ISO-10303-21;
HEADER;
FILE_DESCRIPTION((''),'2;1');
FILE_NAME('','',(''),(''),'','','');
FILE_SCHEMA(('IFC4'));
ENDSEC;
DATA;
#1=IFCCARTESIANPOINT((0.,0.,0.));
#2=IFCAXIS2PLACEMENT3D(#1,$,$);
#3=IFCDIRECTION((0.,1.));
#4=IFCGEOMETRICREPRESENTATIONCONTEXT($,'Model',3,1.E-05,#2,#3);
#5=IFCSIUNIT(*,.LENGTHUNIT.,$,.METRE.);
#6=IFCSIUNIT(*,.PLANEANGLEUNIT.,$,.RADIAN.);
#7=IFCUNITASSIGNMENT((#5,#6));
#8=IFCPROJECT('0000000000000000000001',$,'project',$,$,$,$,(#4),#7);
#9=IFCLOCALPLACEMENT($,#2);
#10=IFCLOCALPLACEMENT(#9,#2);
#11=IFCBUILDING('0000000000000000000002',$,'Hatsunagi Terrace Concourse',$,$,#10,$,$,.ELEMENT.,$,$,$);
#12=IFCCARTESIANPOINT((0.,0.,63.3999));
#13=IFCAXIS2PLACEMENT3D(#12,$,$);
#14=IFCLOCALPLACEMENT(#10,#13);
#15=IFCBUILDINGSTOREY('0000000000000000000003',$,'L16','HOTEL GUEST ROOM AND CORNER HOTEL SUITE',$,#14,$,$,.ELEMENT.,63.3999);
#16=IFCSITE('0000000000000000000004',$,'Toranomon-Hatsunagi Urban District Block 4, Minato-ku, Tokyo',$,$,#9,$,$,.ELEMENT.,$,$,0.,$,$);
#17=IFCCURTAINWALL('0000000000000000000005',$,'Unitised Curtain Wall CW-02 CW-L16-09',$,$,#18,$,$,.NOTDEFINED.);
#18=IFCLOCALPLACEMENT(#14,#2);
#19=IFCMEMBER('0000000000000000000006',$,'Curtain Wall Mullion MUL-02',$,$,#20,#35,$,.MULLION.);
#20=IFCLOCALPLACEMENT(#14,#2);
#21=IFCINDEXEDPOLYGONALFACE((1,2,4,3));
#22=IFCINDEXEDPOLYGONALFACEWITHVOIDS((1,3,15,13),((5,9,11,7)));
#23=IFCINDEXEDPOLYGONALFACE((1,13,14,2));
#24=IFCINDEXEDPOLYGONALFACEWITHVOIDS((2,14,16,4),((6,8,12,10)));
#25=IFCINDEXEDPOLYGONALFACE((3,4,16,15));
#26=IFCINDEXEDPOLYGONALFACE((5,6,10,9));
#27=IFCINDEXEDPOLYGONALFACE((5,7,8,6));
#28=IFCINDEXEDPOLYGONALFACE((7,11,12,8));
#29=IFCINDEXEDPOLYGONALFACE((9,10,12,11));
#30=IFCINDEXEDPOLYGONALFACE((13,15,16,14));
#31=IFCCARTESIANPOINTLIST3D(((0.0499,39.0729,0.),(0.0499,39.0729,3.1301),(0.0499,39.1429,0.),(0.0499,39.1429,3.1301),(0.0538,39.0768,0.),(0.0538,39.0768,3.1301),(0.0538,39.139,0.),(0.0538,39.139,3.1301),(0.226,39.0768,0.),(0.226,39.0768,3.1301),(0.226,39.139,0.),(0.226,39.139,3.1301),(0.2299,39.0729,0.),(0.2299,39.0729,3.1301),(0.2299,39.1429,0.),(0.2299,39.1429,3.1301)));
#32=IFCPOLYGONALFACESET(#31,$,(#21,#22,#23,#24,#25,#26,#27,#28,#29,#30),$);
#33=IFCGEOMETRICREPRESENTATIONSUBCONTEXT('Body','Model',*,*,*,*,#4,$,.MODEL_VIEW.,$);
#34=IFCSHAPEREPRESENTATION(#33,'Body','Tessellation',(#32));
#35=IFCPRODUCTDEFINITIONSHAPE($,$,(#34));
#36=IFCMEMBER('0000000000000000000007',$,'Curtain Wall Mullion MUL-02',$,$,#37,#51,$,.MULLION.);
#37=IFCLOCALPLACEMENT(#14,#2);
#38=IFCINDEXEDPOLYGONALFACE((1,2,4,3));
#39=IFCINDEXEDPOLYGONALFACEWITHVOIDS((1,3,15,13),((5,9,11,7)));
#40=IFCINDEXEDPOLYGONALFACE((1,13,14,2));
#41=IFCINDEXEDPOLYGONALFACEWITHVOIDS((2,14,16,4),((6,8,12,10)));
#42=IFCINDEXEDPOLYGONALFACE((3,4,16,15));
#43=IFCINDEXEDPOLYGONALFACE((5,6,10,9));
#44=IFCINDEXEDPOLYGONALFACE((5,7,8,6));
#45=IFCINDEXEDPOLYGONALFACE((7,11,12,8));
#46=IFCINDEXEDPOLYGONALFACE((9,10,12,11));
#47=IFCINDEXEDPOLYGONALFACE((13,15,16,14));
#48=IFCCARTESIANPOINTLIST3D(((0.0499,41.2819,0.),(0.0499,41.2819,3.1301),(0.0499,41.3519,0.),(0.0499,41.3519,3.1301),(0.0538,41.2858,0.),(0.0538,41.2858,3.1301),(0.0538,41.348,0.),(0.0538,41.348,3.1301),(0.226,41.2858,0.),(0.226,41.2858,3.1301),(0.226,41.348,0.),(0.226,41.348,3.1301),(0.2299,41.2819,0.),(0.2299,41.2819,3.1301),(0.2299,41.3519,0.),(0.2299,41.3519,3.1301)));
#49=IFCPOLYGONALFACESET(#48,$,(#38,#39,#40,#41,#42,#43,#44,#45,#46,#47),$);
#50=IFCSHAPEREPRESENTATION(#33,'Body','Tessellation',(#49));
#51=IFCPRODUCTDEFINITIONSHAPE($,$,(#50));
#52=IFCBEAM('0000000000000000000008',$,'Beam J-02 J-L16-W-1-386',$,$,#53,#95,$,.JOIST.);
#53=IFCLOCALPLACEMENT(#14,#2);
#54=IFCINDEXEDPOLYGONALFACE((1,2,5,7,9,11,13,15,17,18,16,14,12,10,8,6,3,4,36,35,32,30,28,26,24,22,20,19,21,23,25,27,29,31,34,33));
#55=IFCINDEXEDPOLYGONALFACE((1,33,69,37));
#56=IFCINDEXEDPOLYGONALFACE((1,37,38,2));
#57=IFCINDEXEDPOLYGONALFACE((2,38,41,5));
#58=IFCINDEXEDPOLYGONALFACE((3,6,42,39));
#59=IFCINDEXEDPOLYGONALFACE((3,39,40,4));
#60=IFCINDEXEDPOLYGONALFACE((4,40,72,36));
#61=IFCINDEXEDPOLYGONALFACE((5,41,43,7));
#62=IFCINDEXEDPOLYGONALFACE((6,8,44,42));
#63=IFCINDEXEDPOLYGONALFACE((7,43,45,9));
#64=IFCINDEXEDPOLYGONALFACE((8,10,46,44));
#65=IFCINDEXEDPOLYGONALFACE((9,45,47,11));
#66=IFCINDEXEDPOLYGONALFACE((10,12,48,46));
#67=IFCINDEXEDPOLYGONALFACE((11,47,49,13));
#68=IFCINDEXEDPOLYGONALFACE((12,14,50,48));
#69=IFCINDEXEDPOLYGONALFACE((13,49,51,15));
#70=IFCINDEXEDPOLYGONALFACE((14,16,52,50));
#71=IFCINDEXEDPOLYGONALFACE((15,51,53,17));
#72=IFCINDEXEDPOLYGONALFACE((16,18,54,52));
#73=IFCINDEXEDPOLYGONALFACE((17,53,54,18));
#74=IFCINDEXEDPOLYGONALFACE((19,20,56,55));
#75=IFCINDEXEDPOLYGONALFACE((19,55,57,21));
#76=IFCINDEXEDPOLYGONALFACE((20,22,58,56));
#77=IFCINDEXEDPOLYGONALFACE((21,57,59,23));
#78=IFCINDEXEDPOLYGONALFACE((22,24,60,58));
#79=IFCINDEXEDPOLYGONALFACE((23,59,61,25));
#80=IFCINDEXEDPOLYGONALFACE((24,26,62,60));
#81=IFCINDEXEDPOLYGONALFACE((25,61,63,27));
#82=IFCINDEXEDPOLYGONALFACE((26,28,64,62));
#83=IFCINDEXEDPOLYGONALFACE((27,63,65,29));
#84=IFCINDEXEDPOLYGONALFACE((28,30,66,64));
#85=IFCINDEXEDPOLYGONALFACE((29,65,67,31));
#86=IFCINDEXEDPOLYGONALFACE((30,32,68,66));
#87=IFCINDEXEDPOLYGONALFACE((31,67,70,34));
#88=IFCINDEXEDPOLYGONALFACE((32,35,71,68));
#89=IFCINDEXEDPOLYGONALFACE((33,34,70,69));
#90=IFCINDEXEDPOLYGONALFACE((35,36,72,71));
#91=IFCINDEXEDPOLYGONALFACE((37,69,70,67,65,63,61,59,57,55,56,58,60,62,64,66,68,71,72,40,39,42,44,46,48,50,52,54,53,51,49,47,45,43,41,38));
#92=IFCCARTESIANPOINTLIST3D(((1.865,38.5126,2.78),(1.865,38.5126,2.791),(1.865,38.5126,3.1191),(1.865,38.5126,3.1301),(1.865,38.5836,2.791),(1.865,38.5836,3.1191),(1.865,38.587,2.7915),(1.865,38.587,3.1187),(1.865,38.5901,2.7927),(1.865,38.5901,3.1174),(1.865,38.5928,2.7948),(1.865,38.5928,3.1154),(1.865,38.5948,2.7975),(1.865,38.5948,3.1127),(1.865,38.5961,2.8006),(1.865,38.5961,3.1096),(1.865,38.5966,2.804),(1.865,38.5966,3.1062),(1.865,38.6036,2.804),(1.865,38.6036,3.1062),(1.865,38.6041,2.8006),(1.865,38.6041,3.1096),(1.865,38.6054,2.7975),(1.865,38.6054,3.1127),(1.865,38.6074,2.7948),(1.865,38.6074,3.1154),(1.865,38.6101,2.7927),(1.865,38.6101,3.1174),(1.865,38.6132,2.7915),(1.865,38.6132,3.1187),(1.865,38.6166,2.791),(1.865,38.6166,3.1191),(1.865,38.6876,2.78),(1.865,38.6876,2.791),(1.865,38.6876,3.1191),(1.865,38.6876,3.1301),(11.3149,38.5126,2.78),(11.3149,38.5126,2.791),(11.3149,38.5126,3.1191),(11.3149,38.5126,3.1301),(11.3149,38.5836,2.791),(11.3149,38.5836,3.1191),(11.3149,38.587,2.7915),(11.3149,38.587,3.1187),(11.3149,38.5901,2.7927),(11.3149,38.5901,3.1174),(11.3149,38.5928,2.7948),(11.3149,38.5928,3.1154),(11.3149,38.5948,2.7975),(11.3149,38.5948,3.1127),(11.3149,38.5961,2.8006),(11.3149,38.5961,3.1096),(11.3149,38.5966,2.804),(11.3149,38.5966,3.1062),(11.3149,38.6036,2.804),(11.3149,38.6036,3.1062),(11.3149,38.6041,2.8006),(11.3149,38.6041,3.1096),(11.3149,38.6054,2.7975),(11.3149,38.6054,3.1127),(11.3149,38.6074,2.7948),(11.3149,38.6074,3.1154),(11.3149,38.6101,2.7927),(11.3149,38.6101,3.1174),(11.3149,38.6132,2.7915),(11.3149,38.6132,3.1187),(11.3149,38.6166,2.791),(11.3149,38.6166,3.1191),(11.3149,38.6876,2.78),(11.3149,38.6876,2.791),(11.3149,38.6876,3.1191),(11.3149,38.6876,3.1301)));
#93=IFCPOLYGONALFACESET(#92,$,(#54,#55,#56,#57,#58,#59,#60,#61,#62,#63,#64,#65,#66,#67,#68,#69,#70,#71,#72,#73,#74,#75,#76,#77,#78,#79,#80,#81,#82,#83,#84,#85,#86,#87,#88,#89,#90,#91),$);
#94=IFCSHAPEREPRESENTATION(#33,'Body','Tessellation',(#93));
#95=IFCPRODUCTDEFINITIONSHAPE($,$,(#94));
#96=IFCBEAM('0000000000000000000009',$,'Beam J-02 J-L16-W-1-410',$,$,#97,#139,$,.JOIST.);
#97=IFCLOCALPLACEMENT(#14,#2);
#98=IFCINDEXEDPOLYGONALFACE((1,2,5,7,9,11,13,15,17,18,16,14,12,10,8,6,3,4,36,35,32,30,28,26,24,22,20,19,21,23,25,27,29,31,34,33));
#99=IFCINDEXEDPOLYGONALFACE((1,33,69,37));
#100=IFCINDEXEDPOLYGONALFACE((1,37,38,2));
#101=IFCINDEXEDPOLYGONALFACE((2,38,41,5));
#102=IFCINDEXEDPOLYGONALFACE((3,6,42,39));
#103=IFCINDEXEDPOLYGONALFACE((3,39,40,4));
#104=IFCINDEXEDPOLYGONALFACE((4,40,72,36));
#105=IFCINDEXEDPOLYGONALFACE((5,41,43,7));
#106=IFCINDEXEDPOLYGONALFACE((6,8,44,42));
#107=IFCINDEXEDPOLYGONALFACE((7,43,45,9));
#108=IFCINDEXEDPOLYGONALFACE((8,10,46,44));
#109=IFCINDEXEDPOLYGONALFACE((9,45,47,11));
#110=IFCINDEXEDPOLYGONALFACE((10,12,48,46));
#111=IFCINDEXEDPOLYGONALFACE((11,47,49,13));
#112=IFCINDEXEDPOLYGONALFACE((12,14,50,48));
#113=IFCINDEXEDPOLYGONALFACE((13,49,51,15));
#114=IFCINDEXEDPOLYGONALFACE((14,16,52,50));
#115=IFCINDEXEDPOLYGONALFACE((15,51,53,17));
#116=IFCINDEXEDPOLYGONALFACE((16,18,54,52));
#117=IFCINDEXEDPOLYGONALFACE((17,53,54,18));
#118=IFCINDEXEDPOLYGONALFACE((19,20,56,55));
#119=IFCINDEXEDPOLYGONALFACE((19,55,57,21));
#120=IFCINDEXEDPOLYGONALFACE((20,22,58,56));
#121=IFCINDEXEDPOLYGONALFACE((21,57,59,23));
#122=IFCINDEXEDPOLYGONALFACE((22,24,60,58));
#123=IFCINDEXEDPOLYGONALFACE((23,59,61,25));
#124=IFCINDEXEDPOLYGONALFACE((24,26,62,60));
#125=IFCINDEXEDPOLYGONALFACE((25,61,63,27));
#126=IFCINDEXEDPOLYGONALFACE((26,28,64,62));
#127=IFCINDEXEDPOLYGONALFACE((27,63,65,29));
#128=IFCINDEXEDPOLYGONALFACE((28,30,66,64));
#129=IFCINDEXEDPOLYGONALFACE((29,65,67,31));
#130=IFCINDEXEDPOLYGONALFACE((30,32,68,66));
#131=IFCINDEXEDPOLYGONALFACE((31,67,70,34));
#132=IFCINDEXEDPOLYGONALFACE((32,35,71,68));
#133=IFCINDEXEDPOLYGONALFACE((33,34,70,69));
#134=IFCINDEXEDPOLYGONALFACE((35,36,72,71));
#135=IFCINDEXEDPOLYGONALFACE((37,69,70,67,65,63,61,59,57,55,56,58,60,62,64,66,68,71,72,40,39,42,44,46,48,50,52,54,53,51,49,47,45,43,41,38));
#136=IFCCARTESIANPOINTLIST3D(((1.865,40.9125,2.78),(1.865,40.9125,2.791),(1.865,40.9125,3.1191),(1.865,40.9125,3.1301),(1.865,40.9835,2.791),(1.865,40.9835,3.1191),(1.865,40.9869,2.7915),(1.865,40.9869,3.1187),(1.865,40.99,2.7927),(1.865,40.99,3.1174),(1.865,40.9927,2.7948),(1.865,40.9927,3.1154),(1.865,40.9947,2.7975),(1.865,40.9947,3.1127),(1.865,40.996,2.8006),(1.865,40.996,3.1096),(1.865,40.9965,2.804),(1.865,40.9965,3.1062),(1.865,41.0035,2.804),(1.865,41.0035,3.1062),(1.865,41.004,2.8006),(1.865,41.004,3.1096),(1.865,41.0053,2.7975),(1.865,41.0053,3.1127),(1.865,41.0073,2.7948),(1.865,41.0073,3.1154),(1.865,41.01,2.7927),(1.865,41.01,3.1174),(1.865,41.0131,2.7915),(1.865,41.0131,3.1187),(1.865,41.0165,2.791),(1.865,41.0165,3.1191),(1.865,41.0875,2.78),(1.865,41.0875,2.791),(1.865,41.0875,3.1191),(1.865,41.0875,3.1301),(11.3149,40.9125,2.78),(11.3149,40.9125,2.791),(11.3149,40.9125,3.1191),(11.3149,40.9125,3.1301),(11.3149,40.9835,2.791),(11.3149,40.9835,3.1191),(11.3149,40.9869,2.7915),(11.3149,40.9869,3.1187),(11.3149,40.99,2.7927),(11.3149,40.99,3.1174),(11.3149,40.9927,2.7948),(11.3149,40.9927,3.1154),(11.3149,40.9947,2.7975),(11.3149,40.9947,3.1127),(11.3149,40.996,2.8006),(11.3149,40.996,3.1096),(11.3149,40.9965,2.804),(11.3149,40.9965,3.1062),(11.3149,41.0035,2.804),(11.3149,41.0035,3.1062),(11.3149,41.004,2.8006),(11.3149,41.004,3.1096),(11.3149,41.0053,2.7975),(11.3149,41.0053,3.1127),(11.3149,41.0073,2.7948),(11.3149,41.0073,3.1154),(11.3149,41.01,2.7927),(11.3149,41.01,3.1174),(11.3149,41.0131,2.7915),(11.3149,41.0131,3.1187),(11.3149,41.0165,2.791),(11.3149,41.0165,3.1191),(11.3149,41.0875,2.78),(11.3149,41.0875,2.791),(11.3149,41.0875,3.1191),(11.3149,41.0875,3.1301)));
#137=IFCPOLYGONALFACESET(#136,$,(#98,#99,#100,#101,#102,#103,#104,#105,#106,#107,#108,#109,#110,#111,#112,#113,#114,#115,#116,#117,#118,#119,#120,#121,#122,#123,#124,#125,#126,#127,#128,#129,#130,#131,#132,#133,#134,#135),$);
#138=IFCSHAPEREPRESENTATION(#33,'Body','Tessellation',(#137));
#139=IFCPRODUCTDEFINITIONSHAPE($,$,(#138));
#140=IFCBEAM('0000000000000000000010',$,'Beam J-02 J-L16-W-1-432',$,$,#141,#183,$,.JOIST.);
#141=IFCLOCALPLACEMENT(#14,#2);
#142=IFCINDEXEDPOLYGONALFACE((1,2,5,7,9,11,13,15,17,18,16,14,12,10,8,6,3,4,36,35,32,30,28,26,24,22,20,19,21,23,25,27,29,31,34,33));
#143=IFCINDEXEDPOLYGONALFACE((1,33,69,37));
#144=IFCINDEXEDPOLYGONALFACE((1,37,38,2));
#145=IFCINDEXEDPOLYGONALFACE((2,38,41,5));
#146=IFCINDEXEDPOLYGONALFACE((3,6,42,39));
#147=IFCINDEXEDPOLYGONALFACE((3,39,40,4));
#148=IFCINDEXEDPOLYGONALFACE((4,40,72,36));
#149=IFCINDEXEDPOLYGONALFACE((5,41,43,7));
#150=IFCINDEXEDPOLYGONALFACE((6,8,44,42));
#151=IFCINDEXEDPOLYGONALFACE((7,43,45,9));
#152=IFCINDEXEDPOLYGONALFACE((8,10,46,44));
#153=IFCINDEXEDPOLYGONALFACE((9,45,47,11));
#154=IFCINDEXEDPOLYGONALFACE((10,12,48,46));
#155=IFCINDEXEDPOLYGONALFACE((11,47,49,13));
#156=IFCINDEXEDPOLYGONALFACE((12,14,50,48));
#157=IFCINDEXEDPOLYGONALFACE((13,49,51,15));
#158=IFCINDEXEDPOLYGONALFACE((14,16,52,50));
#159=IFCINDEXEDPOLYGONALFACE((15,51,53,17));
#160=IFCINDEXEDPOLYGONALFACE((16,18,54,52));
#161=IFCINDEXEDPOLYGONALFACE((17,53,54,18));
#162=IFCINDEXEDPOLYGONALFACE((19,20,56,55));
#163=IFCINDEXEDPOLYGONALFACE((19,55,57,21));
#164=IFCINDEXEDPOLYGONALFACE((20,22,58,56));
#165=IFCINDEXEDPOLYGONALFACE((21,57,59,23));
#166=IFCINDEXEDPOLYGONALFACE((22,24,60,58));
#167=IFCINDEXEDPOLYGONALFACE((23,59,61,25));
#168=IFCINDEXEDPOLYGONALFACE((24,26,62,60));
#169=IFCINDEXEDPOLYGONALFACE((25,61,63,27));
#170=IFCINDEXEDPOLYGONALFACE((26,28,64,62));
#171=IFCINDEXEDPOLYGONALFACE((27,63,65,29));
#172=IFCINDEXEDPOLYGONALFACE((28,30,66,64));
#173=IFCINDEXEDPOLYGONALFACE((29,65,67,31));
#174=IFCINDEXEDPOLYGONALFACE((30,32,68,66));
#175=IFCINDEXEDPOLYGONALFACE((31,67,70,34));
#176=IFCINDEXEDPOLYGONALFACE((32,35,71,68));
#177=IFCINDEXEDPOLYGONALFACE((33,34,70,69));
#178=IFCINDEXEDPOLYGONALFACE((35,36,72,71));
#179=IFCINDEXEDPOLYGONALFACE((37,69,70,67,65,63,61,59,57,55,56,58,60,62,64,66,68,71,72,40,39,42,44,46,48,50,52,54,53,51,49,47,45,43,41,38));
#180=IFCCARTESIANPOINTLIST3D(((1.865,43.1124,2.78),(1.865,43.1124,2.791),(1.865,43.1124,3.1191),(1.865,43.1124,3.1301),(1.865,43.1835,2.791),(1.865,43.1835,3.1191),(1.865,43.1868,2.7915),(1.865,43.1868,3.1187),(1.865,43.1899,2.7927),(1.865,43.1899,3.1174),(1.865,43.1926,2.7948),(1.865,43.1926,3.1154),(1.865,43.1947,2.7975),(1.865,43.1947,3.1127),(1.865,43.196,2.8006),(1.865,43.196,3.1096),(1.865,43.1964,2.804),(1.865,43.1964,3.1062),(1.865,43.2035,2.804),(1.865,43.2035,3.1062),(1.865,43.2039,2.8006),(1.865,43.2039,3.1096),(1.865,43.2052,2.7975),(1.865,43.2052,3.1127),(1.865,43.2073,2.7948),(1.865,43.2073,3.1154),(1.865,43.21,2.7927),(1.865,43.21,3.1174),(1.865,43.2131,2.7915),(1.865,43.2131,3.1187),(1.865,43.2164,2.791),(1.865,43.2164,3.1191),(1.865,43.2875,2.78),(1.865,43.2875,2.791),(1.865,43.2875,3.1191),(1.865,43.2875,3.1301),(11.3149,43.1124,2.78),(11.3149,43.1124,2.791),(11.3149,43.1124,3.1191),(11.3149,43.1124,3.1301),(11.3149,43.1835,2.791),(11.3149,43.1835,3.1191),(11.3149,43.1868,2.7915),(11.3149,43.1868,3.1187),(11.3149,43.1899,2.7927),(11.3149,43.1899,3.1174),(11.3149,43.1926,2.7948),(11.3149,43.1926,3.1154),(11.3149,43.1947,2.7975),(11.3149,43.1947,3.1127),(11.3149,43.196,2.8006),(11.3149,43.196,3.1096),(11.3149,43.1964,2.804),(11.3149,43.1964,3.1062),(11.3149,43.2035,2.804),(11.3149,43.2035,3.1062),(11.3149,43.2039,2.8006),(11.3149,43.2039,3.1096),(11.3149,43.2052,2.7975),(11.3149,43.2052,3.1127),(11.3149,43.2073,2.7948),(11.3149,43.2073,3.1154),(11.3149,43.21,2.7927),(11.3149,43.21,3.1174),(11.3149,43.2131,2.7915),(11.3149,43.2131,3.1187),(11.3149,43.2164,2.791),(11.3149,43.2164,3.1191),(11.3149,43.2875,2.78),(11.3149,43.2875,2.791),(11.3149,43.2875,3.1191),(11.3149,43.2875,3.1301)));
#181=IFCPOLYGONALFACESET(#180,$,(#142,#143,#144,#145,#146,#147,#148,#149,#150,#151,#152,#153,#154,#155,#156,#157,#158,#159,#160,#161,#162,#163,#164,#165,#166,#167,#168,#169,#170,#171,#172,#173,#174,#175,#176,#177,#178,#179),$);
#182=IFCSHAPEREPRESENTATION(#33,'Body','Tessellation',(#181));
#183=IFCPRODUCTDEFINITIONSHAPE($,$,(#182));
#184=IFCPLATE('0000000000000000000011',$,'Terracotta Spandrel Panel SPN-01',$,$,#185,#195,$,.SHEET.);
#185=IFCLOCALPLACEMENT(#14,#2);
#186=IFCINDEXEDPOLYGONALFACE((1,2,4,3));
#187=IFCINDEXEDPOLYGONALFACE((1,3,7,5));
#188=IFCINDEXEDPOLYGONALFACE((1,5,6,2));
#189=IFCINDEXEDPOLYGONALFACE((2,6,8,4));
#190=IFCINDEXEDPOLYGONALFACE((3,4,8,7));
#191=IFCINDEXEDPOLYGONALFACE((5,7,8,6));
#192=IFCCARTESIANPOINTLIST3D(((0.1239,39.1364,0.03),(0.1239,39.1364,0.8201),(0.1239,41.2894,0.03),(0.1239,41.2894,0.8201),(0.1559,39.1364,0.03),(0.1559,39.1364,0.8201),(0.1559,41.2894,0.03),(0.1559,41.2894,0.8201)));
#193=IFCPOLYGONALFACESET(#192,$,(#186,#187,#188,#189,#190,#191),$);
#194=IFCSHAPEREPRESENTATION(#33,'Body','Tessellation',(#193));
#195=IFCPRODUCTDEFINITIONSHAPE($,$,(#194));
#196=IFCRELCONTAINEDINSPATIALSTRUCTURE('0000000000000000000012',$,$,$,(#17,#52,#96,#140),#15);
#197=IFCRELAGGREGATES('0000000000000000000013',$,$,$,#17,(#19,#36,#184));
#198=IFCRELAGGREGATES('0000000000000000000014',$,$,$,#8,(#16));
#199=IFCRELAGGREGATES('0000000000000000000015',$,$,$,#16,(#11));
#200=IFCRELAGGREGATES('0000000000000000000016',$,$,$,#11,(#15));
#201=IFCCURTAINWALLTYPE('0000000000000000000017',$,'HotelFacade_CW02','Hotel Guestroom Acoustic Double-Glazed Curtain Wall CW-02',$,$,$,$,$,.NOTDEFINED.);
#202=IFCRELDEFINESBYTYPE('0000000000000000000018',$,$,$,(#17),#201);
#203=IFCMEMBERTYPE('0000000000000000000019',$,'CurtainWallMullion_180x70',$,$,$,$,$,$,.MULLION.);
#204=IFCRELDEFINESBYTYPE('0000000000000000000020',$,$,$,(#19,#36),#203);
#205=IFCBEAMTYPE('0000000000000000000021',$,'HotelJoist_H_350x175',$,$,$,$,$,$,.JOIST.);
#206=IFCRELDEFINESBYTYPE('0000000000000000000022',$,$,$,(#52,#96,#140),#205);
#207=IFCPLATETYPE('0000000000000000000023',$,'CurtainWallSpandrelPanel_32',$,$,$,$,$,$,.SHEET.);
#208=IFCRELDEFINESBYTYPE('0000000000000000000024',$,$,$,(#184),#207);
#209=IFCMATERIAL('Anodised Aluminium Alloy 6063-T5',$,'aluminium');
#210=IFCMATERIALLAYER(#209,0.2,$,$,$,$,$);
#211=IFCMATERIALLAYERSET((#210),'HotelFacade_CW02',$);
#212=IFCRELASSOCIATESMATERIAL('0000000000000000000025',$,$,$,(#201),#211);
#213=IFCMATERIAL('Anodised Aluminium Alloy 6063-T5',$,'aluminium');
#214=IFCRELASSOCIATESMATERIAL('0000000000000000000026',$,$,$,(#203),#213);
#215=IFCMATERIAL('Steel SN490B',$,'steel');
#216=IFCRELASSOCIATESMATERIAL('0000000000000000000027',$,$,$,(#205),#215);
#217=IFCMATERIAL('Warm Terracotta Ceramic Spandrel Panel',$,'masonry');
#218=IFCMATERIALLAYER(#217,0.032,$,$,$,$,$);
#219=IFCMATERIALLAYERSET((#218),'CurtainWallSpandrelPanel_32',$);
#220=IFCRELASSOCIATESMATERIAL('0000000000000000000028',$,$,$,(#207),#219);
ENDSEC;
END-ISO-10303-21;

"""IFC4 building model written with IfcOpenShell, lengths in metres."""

from ifc_helpers import new_model, si_unit, direction, frame, origin, origin_2d, place, context, subcontext, project, spatial, rectangle, hollow_rectangle, i_section, extrude, material, layer, layer_set, material_profile, profile_set, type_object, element, aggregate, save


model = new_model("IFC4")

# Units and contexts
model_context = context("Model", 3, precision=1e-05, world=origin(), true_north=direction((0.0, 1.0)))
body_context = subcontext(model_context, "Body", "Model", "MODEL_VIEW")
ifc_project = project(units=[si_unit("LENGTHUNIT", "METRE"), si_unit("PLANEANGLEUNIT", "RADIAN")], contexts=[model_context])

# Site, building, storey
site_placement = place(None, origin())
site = spatial("IfcSite", under=ifc_project, at=site_placement, Name="Toranomon-Hatsunagi Urban District Block 4, Minato-ku, Tokyo", CompositionType="ELEMENT", RefElevation=0.0)
building_placement = place(site_placement, origin())
building = spatial("IfcBuilding", under=site, at=building_placement, Name="Hatsunagi Terrace Concourse", CompositionType="ELEMENT")
storey_placement = place(building_placement, frame((0.0, 0.0, 63.3999)))
storey = spatial("IfcBuildingStorey", under=building, at=storey_placement, Name="L16", Description="HOTEL GUEST ROOM AND CORNER HOTEL SUITE", CompositionType="ELEMENT", Elevation=63.3999)

# Curtain wall, members
ifc_material_1 = material(Name="Anodised Aluminium Alloy 6063-T5", Category="aluminium")
ifc_layer_1 = layer(ifc_material_1, 0.2)
ifc_layer_set_1 = layer_set([ifc_layer_1], Name="HotelFacade_CW02")
curtain_wall_type = type_object("IfcCurtainWallType", Name="HotelFacade_CW02", Description="Hotel Guestroom Acoustic Double-Glazed Curtain Wall CW-02", PredefinedType="NOTDEFINED", material=ifc_layer_set_1)
curtain_wall_placement = place(storey_placement, origin())
curtain_wall = element("IfcCurtainWall", 1, at=curtain_wall_placement, inside=storey, type_object=curtain_wall_type, Name="Unitised Curtain Wall CW-02 CW-L16-09", PredefinedType="NOTDEFINED")
ifc_material_2 = material(Name="Anodised Aluminium Alloy 6063-T5", Category="aluminium")
ifc_material_profile_1 = material_profile(ifc_material_2, hollow_rectangle(XDim=0.0701, YDim=0.1799, WallThickness=0.0039, at=origin_2d()), Name="ALU-MUL-180x70x4")
ifc_profile_set_1 = profile_set([ifc_material_profile_1], Name="Anodised Aluminium Alloy 6063-T5")
member_type = type_object("IfcMemberType", Name="CurtainWallMullion_180x70", PredefinedType="MULLION", material=ifc_profile_set_1)
member_1_placement = place(storey_placement, frame((0.1399, 39.1079, 0.0), z_axis=(0.0, 0.0, 1.0), x_axis=(0.0, 1.0, 0.0)))
member_1 = element("IfcMember", 2, at=member_1_placement, type_object=member_type, Name="Curtain Wall Mullion MUL-02", PredefinedType="MULLION", context=body_context, shape_type="SweptSolid", body=[
    extrude(hollow_rectangle(XDim=0.0701, YDim=0.1799, WallThickness=0.0039, at=origin_2d()), origin(), (0.0, 0.0, 1.0), 3.1301),
])
member_2_placement = place(storey_placement, frame((0.1399, 41.3169, 0.0), z_axis=(0.0, 0.0, 1.0), x_axis=(0.0, 1.0, 0.0)))
member_2 = element("IfcMember", 3, at=member_2_placement, type_object=member_type, Name="Curtain Wall Mullion MUL-02", PredefinedType="MULLION", context=body_context, shape_type="SweptSolid", body=[
    extrude(hollow_rectangle(XDim=0.0701, YDim=0.1799, WallThickness=0.0039, at=origin_2d()), origin(), (0.0, 0.0, 1.0), 3.1301),
])

# Beams
ifc_material_3 = material(Name="Steel SN490B", Category="steel")
ifc_material_profile_2 = material_profile(ifc_material_3, i_section(OverallWidth=0.175, OverallDepth=0.3501, WebThickness=0.0071, FlangeThickness=0.011, FilletRadius=0.0129, at=origin_2d()), Name="H-350x175x7x11")
ifc_profile_set_2 = profile_set([ifc_material_profile_2], Name="Steel SN490B")
beam_type = type_object("IfcBeamType", Name="HotelJoist_H_350x175", PredefinedType="JOIST", material=ifc_profile_set_2)
for number, where, z_axis, x_axis, name in (
    (4, (1.865, 38.6001, 2.9551), (1.0, 0.0, 0.0), (0.0, 1.0, 0.0), "Beam J-02 J-L16-W-1-386"),
    (5, (1.865, 41.0, 2.9551), (1.0, 0.0, 0.0), (0.0, 1.0, 0.0), "Beam J-02 J-L16-W-1-410"),
    (6, (1.865, 43.2, 2.9551), (1.0, 0.0, 0.0), (0.0, 1.0, 0.0), "Beam J-02 J-L16-W-1-432"),
):
    element("IfcBeam", number, at=place(storey_placement, frame(where, z_axis=z_axis, x_axis=x_axis)), inside=storey, type_object=beam_type, Name=name, PredefinedType="JOIST", context=body_context, shape_type="SweptSolid", body=[
        extrude(i_section(OverallWidth=0.175, OverallDepth=0.3501, WebThickness=0.0071, FlangeThickness=0.011, FilletRadius=0.0129, at=origin_2d()), origin(), (0.0, 0.0, 1.0), 9.45),
    ])

# Plate
ifc_material_4 = material(Name="Warm Terracotta Ceramic Spandrel Panel", Category="masonry")
ifc_layer_2 = layer(ifc_material_4, 0.032)
ifc_layer_set_2 = layer_set([ifc_layer_2], Name="CurtainWallSpandrelPanel_32")
plate_type_1 = type_object("IfcPlateType", Name="CurtainWallSpandrelPanel_32", PredefinedType="SHEET", material=ifc_layer_set_2)
plate_1_placement = place(storey_placement, frame((0.1399, 40.2129, 0.03), z_axis=(0.0, 0.0, 1.0), x_axis=(0.0, 1.0, 0.0)))
plate_1 = element("IfcPlate", 7, at=plate_1_placement, type_object=plate_type_1, Name="Terracotta Spandrel Panel SPN-01", PredefinedType="SHEET", context=body_context, shape_type="SweptSolid", body=[
    extrude(rectangle(XDim=2.1531, YDim=0.032, at=origin_2d()), origin(), (0.0, 0.0, 1.0), 0.79),
])
aggregate(curtain_wall, [member_1, member_2, plate_1])

save(model, "model.ifc")
